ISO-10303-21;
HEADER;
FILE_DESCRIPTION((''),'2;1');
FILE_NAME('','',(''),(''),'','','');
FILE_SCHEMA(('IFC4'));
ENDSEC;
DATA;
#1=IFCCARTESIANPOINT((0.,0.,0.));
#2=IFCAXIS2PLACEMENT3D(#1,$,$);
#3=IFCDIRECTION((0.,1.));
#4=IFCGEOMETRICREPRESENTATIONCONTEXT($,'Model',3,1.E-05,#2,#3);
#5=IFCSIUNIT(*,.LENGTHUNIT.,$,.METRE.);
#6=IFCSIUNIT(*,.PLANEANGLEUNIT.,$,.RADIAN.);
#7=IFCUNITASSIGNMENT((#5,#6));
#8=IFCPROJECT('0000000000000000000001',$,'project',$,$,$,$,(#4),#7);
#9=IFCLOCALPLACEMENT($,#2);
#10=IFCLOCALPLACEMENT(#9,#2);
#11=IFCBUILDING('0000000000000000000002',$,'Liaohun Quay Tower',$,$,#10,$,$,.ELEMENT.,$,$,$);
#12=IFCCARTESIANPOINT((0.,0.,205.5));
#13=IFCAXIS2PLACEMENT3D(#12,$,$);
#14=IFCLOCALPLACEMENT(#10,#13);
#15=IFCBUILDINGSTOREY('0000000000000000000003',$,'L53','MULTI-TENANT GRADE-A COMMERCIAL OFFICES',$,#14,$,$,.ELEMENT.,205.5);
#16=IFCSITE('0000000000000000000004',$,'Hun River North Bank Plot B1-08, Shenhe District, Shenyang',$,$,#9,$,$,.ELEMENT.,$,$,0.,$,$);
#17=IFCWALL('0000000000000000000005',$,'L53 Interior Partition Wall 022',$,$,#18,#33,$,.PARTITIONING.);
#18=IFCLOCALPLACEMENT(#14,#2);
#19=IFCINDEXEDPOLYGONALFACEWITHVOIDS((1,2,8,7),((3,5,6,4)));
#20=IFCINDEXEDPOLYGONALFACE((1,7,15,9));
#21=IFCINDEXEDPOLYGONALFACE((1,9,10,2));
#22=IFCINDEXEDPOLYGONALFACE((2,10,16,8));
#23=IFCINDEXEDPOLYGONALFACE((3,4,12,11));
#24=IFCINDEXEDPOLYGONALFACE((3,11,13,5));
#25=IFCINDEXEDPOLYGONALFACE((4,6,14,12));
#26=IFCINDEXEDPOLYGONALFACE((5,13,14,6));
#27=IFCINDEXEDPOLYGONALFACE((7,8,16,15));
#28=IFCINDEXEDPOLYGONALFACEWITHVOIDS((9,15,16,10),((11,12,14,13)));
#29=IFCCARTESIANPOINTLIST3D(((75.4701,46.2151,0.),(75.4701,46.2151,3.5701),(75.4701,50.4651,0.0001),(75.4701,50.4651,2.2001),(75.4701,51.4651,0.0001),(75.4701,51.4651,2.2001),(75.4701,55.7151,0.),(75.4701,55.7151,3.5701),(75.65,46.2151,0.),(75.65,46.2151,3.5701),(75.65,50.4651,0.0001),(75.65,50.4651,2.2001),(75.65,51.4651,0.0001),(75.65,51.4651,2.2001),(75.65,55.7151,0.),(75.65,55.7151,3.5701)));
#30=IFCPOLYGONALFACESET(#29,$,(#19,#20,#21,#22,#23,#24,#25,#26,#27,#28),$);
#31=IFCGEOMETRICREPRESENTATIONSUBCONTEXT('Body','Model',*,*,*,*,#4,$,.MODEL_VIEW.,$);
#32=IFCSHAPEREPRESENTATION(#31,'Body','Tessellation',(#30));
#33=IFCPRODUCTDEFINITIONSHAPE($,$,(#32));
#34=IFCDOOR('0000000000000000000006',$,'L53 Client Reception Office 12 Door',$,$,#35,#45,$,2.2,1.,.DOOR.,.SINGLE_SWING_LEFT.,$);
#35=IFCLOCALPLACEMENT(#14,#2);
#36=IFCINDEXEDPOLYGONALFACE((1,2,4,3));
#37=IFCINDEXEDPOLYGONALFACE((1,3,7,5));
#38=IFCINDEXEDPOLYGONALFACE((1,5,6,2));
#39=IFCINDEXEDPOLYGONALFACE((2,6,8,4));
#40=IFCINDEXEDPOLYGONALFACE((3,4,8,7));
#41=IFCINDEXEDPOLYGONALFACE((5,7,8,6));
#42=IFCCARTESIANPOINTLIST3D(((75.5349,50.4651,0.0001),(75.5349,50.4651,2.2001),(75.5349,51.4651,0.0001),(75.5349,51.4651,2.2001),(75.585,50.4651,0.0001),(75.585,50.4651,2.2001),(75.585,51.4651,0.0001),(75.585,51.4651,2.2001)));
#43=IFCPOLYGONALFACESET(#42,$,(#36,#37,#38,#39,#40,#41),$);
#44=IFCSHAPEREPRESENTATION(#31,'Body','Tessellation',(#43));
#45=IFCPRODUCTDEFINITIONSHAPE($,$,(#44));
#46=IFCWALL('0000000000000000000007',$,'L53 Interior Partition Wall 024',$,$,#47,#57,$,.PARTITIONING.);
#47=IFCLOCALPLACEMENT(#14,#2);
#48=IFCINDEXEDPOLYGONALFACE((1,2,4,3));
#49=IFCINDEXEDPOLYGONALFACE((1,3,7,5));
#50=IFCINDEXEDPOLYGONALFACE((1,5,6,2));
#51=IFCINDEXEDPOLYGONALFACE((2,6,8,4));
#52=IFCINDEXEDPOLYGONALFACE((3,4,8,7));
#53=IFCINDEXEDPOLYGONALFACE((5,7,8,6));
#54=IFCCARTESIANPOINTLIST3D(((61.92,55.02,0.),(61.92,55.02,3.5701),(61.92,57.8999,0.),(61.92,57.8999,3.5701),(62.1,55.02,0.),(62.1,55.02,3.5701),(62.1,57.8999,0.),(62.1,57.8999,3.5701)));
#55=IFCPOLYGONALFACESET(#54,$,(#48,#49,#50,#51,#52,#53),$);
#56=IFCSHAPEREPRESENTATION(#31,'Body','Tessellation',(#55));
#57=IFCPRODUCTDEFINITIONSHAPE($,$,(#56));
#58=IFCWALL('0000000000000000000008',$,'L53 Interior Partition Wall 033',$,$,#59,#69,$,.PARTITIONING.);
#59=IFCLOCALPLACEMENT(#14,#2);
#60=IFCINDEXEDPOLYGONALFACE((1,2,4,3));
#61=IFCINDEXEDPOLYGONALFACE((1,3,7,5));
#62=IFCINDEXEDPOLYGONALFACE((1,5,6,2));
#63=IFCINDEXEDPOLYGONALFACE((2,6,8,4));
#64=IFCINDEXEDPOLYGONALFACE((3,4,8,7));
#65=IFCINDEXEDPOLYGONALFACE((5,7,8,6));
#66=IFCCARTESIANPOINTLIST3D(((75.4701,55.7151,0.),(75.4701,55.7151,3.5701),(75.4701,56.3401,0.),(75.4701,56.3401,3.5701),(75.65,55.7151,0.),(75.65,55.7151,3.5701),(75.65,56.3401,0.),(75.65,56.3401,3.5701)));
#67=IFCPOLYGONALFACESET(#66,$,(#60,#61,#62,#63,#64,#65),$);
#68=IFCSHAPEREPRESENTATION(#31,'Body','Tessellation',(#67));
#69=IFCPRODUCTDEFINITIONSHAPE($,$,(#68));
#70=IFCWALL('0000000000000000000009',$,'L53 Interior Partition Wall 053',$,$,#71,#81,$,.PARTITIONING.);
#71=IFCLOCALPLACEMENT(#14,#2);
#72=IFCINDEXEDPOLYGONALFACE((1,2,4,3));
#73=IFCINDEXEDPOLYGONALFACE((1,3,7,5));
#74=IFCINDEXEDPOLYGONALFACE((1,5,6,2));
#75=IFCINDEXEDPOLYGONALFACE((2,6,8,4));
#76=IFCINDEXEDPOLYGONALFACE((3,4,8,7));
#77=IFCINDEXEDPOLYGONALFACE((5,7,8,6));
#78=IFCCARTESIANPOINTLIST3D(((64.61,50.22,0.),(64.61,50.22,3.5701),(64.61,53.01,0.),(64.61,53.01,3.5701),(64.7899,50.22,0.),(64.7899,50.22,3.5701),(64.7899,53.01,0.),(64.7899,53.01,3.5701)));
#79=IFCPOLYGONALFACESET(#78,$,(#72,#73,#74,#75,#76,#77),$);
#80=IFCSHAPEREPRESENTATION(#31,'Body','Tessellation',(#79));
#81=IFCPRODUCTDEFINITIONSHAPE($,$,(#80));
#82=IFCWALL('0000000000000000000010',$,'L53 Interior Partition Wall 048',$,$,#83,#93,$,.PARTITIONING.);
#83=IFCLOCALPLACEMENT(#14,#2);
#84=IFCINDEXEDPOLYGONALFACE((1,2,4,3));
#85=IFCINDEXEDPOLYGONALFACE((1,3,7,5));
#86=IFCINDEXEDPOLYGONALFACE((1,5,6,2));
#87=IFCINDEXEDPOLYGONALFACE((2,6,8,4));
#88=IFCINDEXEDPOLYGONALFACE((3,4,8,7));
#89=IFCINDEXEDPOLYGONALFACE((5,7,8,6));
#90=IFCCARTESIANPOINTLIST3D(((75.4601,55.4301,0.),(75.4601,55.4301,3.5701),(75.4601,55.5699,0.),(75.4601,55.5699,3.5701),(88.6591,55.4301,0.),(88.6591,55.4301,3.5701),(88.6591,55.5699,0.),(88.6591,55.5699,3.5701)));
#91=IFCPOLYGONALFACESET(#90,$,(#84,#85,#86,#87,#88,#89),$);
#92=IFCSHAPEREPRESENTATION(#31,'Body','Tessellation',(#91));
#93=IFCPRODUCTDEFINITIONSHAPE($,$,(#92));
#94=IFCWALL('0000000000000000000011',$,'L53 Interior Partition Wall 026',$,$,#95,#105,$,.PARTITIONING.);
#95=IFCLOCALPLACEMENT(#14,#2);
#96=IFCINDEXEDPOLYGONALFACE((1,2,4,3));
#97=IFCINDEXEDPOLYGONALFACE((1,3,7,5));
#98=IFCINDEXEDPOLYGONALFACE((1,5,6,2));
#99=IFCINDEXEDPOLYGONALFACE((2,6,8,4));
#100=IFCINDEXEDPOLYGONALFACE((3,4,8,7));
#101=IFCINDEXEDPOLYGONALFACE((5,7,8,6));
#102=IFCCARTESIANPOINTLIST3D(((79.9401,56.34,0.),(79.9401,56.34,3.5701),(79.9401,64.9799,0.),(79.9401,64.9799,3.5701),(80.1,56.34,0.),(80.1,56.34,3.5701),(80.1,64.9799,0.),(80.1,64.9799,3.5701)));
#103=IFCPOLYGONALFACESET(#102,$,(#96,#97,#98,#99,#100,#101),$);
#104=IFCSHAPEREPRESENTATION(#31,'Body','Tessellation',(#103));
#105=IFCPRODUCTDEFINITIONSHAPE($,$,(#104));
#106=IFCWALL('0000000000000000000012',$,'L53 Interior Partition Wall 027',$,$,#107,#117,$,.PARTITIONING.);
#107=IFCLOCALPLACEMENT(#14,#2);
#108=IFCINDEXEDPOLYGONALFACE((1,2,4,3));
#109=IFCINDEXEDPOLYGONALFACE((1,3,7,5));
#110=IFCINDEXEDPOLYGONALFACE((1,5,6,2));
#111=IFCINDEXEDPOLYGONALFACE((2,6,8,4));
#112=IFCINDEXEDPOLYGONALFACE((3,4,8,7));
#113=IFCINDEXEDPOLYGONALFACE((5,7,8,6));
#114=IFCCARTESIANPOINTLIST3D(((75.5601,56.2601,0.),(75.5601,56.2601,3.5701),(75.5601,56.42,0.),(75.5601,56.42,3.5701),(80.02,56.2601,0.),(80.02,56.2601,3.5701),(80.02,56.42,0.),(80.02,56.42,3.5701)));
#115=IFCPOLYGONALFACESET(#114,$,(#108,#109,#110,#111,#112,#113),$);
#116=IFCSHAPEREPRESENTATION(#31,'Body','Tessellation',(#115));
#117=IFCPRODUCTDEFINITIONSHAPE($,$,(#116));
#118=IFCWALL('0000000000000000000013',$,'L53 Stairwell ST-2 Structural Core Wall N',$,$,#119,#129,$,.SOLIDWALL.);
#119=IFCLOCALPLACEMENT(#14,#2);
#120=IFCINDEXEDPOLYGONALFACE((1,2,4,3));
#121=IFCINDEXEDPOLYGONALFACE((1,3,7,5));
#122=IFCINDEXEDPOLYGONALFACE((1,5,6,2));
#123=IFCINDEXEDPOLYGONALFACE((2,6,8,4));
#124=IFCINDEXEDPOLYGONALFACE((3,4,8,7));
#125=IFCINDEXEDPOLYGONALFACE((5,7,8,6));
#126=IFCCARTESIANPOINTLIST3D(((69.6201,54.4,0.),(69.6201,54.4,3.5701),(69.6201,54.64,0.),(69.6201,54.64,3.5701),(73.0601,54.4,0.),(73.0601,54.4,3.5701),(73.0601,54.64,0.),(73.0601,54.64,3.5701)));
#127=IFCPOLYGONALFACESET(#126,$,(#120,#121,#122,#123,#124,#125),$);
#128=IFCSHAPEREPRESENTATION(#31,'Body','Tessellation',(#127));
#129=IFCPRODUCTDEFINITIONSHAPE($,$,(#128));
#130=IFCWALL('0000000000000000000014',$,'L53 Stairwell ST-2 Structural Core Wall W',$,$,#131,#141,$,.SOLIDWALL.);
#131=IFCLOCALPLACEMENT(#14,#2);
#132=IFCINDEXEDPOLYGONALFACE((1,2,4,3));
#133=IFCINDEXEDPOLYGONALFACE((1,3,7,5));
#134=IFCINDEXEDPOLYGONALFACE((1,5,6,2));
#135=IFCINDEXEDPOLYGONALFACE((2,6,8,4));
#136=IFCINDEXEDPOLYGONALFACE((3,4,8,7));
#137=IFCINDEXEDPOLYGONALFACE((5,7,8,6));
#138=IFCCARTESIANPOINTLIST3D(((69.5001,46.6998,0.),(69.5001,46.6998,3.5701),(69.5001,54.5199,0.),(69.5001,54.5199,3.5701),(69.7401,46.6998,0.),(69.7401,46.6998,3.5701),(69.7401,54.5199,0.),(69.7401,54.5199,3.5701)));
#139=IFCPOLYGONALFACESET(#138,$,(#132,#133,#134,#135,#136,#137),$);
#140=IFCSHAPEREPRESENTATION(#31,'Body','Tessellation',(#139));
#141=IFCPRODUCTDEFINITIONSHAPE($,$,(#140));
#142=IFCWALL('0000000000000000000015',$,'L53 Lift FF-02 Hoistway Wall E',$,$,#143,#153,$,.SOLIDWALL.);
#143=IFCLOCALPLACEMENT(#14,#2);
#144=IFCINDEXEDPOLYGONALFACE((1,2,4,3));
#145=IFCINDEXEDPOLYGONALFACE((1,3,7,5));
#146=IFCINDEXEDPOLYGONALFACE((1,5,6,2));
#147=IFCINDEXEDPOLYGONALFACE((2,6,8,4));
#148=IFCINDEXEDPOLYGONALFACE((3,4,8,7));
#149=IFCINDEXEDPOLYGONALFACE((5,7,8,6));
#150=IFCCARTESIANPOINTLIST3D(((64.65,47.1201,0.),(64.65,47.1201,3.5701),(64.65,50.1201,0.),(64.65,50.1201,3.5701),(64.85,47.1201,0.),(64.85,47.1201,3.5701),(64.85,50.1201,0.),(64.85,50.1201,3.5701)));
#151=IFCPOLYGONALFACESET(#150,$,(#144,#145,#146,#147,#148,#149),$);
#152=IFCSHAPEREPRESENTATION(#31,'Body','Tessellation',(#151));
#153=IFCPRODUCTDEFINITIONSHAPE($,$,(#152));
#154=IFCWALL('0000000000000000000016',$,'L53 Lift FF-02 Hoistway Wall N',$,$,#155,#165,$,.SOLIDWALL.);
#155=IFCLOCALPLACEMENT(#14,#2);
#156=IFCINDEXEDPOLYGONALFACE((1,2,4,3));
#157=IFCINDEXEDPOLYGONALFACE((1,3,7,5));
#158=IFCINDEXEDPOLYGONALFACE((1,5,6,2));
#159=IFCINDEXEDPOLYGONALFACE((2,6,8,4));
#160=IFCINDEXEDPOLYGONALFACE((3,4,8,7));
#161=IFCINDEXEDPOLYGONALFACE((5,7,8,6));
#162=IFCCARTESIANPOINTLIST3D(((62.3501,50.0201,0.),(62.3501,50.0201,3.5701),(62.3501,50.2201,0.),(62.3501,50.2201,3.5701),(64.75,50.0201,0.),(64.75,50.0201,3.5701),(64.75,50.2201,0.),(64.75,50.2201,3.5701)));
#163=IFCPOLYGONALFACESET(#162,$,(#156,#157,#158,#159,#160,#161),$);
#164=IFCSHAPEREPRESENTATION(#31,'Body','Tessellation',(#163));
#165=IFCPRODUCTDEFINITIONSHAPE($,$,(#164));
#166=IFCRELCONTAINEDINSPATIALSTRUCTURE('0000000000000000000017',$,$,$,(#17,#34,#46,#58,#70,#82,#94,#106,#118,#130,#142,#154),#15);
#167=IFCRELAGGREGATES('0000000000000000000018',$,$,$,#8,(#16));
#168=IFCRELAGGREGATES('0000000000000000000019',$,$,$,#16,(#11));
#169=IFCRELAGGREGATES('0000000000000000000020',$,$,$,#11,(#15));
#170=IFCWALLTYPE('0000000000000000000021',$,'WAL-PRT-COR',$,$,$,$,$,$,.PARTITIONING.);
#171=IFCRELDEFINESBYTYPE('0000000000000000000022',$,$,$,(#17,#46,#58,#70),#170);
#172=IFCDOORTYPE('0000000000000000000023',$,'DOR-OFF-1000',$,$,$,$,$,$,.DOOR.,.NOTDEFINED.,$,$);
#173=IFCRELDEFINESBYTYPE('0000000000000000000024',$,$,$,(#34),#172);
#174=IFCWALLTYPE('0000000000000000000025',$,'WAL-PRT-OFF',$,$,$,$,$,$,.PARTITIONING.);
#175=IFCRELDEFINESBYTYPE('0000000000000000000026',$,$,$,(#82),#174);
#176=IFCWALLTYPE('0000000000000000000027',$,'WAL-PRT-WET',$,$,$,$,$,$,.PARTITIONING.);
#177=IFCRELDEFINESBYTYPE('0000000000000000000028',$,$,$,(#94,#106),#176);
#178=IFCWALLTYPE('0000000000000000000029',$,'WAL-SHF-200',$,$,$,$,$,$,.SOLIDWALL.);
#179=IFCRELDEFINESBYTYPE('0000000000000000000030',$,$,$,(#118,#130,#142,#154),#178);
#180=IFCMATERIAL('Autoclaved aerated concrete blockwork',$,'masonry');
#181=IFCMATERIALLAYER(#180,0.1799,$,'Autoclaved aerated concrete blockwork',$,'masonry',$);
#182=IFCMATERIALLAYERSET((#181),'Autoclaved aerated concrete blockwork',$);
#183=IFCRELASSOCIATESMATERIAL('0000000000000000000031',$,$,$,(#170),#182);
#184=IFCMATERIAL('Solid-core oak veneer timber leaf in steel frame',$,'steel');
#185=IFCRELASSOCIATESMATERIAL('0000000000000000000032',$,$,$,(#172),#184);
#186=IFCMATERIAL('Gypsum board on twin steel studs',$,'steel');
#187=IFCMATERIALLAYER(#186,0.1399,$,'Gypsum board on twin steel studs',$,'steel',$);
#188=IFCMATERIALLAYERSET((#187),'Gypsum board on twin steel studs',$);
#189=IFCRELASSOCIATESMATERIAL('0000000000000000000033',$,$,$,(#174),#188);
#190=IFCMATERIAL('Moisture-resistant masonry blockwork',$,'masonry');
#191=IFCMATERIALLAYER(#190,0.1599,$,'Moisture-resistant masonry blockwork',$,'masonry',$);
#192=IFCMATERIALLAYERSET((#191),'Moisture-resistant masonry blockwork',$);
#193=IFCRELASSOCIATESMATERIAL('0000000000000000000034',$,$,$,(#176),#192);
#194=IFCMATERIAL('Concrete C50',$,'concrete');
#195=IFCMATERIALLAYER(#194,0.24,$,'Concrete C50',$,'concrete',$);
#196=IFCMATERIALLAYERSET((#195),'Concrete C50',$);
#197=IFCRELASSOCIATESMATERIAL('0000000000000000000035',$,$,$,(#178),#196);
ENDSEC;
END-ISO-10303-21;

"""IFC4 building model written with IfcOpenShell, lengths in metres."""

from ifc_helpers import new_model, si_unit, direction, frame, frame_2d, origin, place, context, subcontext, project, spatial, rectangle, extrude, source, transform, mapped, material, layer, layer_set, type_object, element, fill, save


model = new_model("IFC4")

# Units and contexts
model_context = context("Model", 3, precision=1e-05, world=origin(), true_north=direction((0.0, 1.0)))
body_context = subcontext(model_context, "Body", "Model", "MODEL_VIEW")
ifc_project = project(units=[si_unit("LENGTHUNIT", "METRE"), si_unit("PLANEANGLEUNIT", "RADIAN")], contexts=[model_context])

# Site, building, storey
site_placement = place(None, origin())
site = spatial("IfcSite", under=ifc_project, at=site_placement, Name="Hun River North Bank Plot B1-08, Shenhe District, Shenyang", CompositionType="ELEMENT", RefElevation=0.0)
building_placement = place(site_placement, origin())
building = spatial("IfcBuilding", under=site, at=building_placement, Name="Liaohun Quay Tower", CompositionType="ELEMENT")
storey_placement = place(building_placement, frame((0.0, 0.0, 205.5)))
storey = spatial("IfcBuildingStorey", under=building, at=storey_placement, Name="L53", Description="MULTI-TENANT GRADE-A COMMERCIAL OFFICES", CompositionType="ELEMENT", Elevation=205.5)

# Wall, opening, door
ifc_material_1 = material(Name="Autoclaved aerated concrete blockwork", Category="masonry")
ifc_layer_1 = layer(ifc_material_1, 0.1799, Name="Autoclaved aerated concrete blockwork", Category="masonry")
ifc_layer_set_1 = layer_set([ifc_layer_1], Name="Autoclaved aerated concrete blockwork")
wall_type_1 = type_object("IfcWallType", Name="WAL-PRT-COR", PredefinedType="PARTITIONING", material=ifc_layer_set_1)
wall_1_placement = place(storey_placement, frame((75.5601, 55.7151, 0.0), z_axis=(0.0, 0.0, 1.0), x_axis=(0.0, -1.0, 0.0)))
wall_1 = element("IfcWall", 1, at=wall_1_placement, inside=storey, type_object=wall_type_1, Name="L53 Interior Partition Wall 022", PredefinedType="PARTITIONING", context=body_context, shape_type="SweptSolid", body=[
    extrude(rectangle(XDim=9.5, YDim=0.1799, at=frame_2d((4.75, 0.0))), origin(), (0.0, 0.0, 1.0), 3.5701),
])
shared_shape_1 = source(origin(), body_context, "Body", "SweptSolid", [
    extrude(rectangle(XDim=1.0, YDim=2.2, at=frame_2d((0.5, 1.1001))), frame((0.0, 0.0999, 0.0), z_axis=(0.0, -1.0, 0.0), x_axis=(1.0, 0.0, 0.0)), (0.0, 0.0, 1.0), 0.2),
])
opening_1_placement = place(wall_1_placement, frame((4.25, 0.0, 0.0)))
opening_1 = element("IfcOpeningElement", 2, at=opening_1_placement, cuts=wall_1, PredefinedType="OPENING", context=body_context, shape_type="MappedRepresentation", body=[
    mapped(shared_shape_1, transform((0.0, 0.0, 0.0), x_axis=(1.0, 0.0, 0.0), y_axis=(0.0, 1.0, 0.0), z_axis=(0.0, 0.0, 1.0), scale=1.0)),
])
ifc_material_2 = material(Name="Solid-core oak veneer timber leaf in steel frame", Category="steel")
door_type_1 = type_object("IfcDoorType", Name="DOR-OFF-1000", OperationType="NOTDEFINED", PredefinedType="DOOR", material=ifc_material_2)
shared_shape_2 = source(origin(), body_context, "Body", "SweptSolid", [
    extrude(rectangle(XDim=1.0, YDim=2.2, at=frame_2d((0.5, 1.1001))), frame((0.0, 0.0249, 0.0), z_axis=(0.0, -1.0, 0.0), x_axis=(1.0, 0.0, 0.0)), (0.0, 0.0, 1.0), 0.05),
])
door_1_placement = place(opening_1_placement, origin())
door_1 = element("IfcDoor", 3, at=door_1_placement, inside=storey, type_object=door_type_1, Name="L53 Client Reception Office 12 Door", OperationType="SINGLE_SWING_LEFT", OverallHeight=2.2, OverallWidth=1.0, PredefinedType="DOOR", context=body_context, shape_type="MappedRepresentation", body=[
    mapped(shared_shape_2, transform((0.0, 0.0, 0.0), x_axis=(1.0, 0.0, 0.0), y_axis=(0.0, 1.0, 0.0), z_axis=(0.0, 0.0, 1.0), scale=1.0)),
])
fill(opening_1, door_1)

# Walls
wall_2_placement = place(storey_placement, frame((62.01, 55.02, 0.0), z_axis=(0.0, 0.0, 1.0), x_axis=(0.0, 1.0, 0.0)))
element("IfcWall", 4, at=wall_2_placement, inside=storey, type_object=wall_type_1, Name="L53 Interior Partition Wall 024", PredefinedType="PARTITIONING", context=body_context, shape_type="SweptSolid", body=[
    extrude(rectangle(XDim=2.8799, YDim=0.1799, at=frame_2d((1.4399, 0.0))), origin(), (0.0, 0.0, 1.0), 3.5701),
])
wall_3_placement = place(storey_placement, frame((75.5601, 56.3401, 0.0), z_axis=(0.0, 0.0, 1.0), x_axis=(0.0, -1.0, 0.0)))
element("IfcWall", 5, at=wall_3_placement, inside=storey, type_object=wall_type_1, Name="L53 Interior Partition Wall 033", PredefinedType="PARTITIONING", context=body_context, shape_type="SweptSolid", body=[
    extrude(rectangle(XDim=0.625, YDim=0.1799, at=frame_2d((0.3125, 0.0))), origin(), (0.0, 0.0, 1.0), 3.5701),
])
wall_4_placement = place(storey_placement, frame((64.7, 50.22, 0.0), z_axis=(0.0, 0.0, 1.0), x_axis=(0.0, 1.0, 0.0)))
element("IfcWall", 6, at=wall_4_placement, inside=storey, type_object=wall_type_1, Name="L53 Interior Partition Wall 053", PredefinedType="PARTITIONING", context=body_context, shape_type="SweptSolid", body=[
    extrude(rectangle(XDim=2.79, YDim=0.1799, at=frame_2d((1.395, 0.0))), origin(), (0.0, 0.0, 1.0), 3.5701),
])
ifc_material_3 = material(Name="Gypsum board on twin steel studs", Category="steel")
ifc_layer_2 = layer(ifc_material_3, 0.1399, Name="Gypsum board on twin steel studs", Category="steel")
ifc_layer_set_2 = layer_set([ifc_layer_2], Name="Gypsum board on twin steel studs")
wall_type_2 = type_object("IfcWallType", Name="WAL-PRT-OFF", PredefinedType="PARTITIONING", material=ifc_layer_set_2)
wall_5_placement = place(storey_placement, frame((75.46, 55.5, 0.0), z_axis=(0.0, 0.0, 1.0), x_axis=(1.0, 0.0, 0.0)))
element("IfcWall", 7, at=wall_5_placement, inside=storey, type_object=wall_type_2, Name="L53 Interior Partition Wall 048", PredefinedType="PARTITIONING", context=body_context, shape_type="SweptSolid", body=[
    extrude(rectangle(XDim=13.199, YDim=0.1399, at=frame_2d((6.5996, 0.0))), origin(), (0.0, 0.0, 1.0), 3.5701),
])

# Shared definitions
ifc_material_4 = material(Name="Moisture-resistant masonry blockwork", Category="masonry")
ifc_layer_3 = layer(ifc_material_4, 0.1599, Name="Moisture-resistant masonry blockwork", Category="masonry")
ifc_layer_set_3 = layer_set([ifc_layer_3], Name="Moisture-resistant masonry blockwork")
wall_type_3 = type_object("IfcWallType", Name="WAL-PRT-WET", PredefinedType="PARTITIONING", material=ifc_layer_set_3)

# Walls
wall_6_placement = place(storey_placement, frame((80.02, 56.3401, 0.0), z_axis=(0.0, 0.0, 1.0), x_axis=(0.0, 1.0, 0.0)))
element("IfcWall", 8, at=wall_6_placement, inside=storey, type_object=wall_type_3, Name="L53 Interior Partition Wall 026", PredefinedType="PARTITIONING", context=body_context, shape_type="SweptSolid", body=[
    extrude(rectangle(XDim=8.6399, YDim=0.1599, at=frame_2d((4.3198, 0.0))), origin(), (0.0, 0.0, 1.0), 3.5701),
])
wall_7_placement = place(storey_placement, frame((75.5601, 56.3401, 0.0), z_axis=(0.0, 0.0, 1.0), x_axis=(1.0, 0.0, 0.0)))
element("IfcWall", 9, at=wall_7_placement, inside=storey, type_object=wall_type_3, Name="L53 Interior Partition Wall 027", PredefinedType="PARTITIONING", context=body_context, shape_type="SweptSolid", body=[
    extrude(rectangle(XDim=4.46, YDim=0.1599, at=frame_2d((2.23, 0.0))), origin(), (0.0, 0.0, 1.0), 3.5701),
])
ifc_material_5 = material(Name="Concrete C50", Category="concrete")
ifc_layer_4 = layer(ifc_material_5, 0.24, Name="Concrete C50", Category="concrete")
ifc_layer_set_4 = layer_set([ifc_layer_4], Name="Concrete C50")
wall_type_4 = type_object("IfcWallType", Name="WAL-SHF-200", PredefinedType="SOLIDWALL", material=ifc_layer_set_4)
wall_8_placement = place(storey_placement, frame((73.0601, 54.52, 0.0), z_axis=(0.0, 0.0, 1.0), x_axis=(-1.0, 0.0, 0.0)))
element("IfcWall", 10, at=wall_8_placement, inside=storey, type_object=wall_type_4, Name="L53 Stairwell ST-2 Structural Core Wall N", PredefinedType="SOLIDWALL", context=body_context, shape_type="SweptSolid", body=[
    extrude(rectangle(XDim=3.4399, YDim=0.24, at=frame_2d((1.72, 0.0))), origin(), (0.0, 0.0, 1.0), 3.5701),
])
wall_9_placement = place(storey_placement, frame((69.6201, 54.52, 0.0), z_axis=(0.0, 0.0, 1.0), x_axis=(0.0, -1.0, 0.0)))
element("IfcWall", 11, at=wall_9_placement, inside=storey, type_object=wall_type_4, Name="L53 Stairwell ST-2 Structural Core Wall W", PredefinedType="SOLIDWALL", context=body_context, shape_type="SweptSolid", body=[
    extrude(rectangle(XDim=7.8201, YDim=0.24, at=frame_2d((3.9102, 0.0))), origin(), (0.0, 0.0, 1.0), 3.5701),
])
wall_10_placement = place(storey_placement, frame((64.75, 47.1201, 0.0), z_axis=(0.0, 0.0, 1.0), x_axis=(0.0, 1.0, 0.0)))
element("IfcWall", 12, at=wall_10_placement, inside=storey, type_object=wall_type_4, Name="L53 Lift FF-02 Hoistway Wall E", PredefinedType="SOLIDWALL", context=body_context, shape_type="SweptSolid", body=[
    extrude(rectangle(XDim=3.0, YDim=0.2, at=frame_2d((1.5, 0.0))), origin(), (0.0, 0.0, 1.0), 3.5701),
])
wall_11_placement = place(storey_placement, frame((64.75, 50.1201, 0.0), z_axis=(0.0, 0.0, 1.0), x_axis=(-1.0, 0.0, 0.0)))
element("IfcWall", 13, at=wall_11_placement, inside=storey, type_object=wall_type_4, Name="L53 Lift FF-02 Hoistway Wall N", PredefinedType="SOLIDWALL", context=body_context, shape_type="SweptSolid", body=[
    extrude(rectangle(XDim=2.3999, YDim=0.2, at=frame_2d((1.2, 0.0))), origin(), (0.0, 0.0, 1.0), 3.5701),
])

save(model, "model.ifc")
